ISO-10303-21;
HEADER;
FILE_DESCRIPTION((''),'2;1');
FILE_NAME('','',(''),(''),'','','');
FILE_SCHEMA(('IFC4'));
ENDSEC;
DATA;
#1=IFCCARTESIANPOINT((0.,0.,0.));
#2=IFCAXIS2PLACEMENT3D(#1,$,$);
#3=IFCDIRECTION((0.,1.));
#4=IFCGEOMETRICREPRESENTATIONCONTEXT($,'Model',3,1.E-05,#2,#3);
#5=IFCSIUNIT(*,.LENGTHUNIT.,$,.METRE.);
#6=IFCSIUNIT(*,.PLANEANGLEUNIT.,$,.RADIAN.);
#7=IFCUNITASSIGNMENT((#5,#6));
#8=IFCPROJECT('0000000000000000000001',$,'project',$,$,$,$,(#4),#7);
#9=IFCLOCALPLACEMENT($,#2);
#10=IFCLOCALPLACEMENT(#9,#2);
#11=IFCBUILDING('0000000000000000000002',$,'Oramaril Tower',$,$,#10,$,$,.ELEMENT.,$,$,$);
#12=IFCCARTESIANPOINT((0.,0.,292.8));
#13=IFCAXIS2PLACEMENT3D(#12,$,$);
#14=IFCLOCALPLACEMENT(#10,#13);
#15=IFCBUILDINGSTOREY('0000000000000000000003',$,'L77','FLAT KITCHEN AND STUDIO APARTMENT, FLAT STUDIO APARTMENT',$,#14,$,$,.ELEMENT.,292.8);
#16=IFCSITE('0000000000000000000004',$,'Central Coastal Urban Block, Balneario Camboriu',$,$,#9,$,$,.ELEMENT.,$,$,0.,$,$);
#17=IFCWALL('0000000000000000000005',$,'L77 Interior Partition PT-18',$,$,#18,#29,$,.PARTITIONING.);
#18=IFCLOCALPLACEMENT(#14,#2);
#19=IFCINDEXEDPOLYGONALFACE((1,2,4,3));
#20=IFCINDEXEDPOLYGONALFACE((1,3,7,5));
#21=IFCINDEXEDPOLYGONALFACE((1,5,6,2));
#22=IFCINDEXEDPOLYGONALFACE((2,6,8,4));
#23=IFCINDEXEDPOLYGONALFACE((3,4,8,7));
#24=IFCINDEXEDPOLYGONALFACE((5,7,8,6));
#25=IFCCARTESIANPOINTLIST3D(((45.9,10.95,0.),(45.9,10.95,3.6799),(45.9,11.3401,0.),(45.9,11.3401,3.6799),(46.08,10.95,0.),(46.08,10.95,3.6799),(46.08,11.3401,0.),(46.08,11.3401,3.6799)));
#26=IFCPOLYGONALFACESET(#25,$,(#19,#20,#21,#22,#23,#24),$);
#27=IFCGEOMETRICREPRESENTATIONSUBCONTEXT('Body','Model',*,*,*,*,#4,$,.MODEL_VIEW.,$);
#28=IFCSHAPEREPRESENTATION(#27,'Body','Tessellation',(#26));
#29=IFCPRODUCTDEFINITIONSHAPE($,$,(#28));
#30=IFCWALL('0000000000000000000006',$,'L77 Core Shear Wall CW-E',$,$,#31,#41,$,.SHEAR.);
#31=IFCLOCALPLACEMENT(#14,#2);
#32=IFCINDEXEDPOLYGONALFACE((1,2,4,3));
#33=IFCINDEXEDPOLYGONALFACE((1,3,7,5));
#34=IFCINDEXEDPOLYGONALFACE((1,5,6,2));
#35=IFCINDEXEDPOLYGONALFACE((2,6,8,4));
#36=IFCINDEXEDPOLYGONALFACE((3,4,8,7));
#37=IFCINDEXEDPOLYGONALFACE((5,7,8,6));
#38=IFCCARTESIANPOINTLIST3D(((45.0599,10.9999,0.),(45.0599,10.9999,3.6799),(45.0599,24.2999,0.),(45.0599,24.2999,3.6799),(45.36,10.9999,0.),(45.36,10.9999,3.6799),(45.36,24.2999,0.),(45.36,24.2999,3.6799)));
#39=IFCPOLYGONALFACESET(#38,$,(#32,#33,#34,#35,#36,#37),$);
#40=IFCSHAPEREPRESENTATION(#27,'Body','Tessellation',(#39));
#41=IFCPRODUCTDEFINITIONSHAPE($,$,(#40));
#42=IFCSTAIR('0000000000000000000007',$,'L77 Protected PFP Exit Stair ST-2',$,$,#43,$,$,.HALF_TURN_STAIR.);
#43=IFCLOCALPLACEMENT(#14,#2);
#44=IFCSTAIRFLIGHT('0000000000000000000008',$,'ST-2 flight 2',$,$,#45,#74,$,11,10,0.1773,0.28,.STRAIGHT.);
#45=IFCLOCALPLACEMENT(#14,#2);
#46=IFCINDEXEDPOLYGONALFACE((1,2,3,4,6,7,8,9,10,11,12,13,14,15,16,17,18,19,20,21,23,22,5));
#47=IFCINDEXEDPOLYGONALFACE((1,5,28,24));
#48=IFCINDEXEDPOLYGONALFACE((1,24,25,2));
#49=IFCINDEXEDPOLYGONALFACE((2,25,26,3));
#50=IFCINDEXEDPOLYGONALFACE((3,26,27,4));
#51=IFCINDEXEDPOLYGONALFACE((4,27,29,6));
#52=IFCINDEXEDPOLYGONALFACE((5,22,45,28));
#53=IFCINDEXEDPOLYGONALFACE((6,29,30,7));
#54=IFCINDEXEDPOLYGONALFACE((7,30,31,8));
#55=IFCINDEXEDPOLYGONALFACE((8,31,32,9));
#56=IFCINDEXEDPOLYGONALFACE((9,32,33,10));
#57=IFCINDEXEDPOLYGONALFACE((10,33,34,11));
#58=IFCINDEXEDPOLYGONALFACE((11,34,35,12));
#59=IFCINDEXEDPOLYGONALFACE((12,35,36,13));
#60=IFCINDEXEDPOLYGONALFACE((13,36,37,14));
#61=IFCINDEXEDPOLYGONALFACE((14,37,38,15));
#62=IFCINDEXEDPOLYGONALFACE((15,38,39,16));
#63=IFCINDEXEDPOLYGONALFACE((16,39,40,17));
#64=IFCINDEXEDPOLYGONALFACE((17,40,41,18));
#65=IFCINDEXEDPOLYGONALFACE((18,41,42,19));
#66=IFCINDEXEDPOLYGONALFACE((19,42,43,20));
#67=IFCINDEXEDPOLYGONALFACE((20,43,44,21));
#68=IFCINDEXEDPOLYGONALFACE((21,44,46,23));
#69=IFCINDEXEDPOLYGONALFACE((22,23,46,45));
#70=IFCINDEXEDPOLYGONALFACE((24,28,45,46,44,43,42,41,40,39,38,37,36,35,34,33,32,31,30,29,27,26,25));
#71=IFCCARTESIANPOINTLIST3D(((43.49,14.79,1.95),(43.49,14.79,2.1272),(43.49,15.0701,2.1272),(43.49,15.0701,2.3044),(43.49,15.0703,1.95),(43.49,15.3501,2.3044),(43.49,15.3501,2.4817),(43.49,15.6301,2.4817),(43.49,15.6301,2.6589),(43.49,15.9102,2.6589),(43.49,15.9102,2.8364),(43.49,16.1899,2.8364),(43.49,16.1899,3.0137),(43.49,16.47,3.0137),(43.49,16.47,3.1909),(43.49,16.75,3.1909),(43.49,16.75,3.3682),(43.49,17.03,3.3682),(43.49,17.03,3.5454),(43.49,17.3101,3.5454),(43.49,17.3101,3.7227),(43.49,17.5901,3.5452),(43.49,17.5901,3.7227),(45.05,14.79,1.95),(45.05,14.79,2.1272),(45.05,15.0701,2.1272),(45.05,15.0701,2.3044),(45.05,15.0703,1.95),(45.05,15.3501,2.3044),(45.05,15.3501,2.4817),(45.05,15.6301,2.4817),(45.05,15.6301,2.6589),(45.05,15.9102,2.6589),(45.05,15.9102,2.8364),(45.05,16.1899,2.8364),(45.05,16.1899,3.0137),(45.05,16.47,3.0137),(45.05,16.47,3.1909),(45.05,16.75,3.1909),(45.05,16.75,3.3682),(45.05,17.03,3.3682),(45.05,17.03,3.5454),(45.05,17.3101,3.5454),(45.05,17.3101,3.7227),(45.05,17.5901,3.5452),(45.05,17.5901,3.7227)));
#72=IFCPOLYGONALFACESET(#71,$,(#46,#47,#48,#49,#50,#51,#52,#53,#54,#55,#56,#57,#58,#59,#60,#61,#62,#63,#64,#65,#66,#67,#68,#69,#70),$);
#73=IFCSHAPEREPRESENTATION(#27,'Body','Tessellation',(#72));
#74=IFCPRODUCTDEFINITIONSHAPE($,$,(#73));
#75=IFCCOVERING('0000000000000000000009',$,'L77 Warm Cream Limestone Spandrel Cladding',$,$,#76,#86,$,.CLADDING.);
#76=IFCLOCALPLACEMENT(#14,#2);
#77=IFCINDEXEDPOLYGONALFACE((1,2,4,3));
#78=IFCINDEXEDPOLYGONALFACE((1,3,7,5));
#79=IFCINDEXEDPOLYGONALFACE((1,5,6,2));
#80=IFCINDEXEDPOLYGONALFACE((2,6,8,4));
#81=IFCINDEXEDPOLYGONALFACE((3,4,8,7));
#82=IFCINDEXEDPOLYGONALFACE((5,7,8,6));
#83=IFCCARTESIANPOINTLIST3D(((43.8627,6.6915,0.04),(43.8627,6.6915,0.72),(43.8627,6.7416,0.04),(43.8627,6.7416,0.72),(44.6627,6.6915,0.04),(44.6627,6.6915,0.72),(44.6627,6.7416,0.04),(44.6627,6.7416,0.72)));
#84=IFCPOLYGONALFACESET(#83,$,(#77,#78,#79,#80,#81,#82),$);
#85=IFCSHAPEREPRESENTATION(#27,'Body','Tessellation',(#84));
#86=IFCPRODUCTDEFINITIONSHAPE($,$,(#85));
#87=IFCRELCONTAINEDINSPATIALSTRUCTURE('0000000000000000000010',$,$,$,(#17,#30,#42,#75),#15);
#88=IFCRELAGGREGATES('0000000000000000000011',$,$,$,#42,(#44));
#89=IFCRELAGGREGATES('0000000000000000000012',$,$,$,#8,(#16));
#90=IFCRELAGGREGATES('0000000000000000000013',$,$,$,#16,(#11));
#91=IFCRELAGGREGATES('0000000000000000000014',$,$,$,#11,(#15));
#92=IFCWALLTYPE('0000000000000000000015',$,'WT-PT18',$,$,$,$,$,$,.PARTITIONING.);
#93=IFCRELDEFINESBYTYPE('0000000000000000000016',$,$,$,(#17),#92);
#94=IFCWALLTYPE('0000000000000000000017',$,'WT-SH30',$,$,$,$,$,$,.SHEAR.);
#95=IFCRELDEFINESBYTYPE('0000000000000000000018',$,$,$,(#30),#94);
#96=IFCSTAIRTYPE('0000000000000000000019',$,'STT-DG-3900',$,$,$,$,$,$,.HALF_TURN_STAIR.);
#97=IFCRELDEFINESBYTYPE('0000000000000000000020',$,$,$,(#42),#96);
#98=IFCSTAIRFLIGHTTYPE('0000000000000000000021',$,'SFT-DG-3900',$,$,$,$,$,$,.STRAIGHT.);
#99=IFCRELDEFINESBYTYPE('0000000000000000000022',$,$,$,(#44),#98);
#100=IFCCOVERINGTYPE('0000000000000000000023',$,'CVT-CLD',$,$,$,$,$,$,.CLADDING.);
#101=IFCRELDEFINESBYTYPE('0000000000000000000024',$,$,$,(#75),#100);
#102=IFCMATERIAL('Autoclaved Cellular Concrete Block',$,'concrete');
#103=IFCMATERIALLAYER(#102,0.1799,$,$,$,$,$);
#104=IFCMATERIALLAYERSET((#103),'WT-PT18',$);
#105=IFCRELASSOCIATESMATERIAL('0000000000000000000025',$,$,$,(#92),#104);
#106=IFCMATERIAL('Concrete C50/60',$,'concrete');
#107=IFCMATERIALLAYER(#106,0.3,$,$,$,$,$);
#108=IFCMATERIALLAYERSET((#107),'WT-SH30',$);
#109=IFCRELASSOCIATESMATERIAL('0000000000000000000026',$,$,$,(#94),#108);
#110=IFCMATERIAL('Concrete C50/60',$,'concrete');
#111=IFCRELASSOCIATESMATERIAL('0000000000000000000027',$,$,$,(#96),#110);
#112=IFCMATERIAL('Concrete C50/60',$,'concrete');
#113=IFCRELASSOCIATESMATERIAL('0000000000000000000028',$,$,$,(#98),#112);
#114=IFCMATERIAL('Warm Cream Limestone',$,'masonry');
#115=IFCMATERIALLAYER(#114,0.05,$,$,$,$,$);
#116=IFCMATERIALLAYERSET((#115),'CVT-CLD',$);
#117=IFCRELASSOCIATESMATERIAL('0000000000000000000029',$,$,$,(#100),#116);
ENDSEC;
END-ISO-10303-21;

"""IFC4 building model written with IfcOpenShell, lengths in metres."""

from ifc_helpers import new_model, si_unit, direction, frame, frame_2d, origin, origin_2d, place, context, subcontext, project, spatial, polyline, rectangle, outline, extrude, material, layer, layer_set, type_object, element, aggregate, save


model = new_model("IFC4")

# Units and contexts
model_context = context("Model", 3, precision=1e-05, world=origin(), true_north=direction((0.0, 1.0)))
body_context = subcontext(model_context, "Body", "Model", "MODEL_VIEW")
ifc_project = project(units=[si_unit("LENGTHUNIT", "METRE"), si_unit("PLANEANGLEUNIT", "RADIAN")], contexts=[model_context])

# Site, building, storey
site_placement = place(None, origin())
site = spatial("IfcSite", under=ifc_project, at=site_placement, Name="Central Coastal Urban Block, Balneario Camboriu", CompositionType="ELEMENT", RefElevation=0.0)
building_placement = place(site_placement, origin())
building = spatial("IfcBuilding", under=site, at=building_placement, Name="Oramaril Tower", CompositionType="ELEMENT")
storey_placement = place(building_placement, frame((0.0, 0.0, 292.8)))
storey = spatial("IfcBuildingStorey", under=building, at=storey_placement, Name="L77", Description="FLAT KITCHEN AND STUDIO APARTMENT, FLAT STUDIO APARTMENT", CompositionType="ELEMENT", Elevation=292.8)

# Walls
ifc_material_1 = material(Name="Autoclaved Cellular Concrete Block", Category="concrete")
ifc_layer_1 = layer(ifc_material_1, 0.1799)
ifc_layer_set_1 = layer_set([ifc_layer_1], Name="WT-PT18")
wall_type_1 = type_object("IfcWallType", Name="WT-PT18", PredefinedType="PARTITIONING", material=ifc_layer_set_1)
wall_1_placement = place(storey_placement, frame((45.99, 10.95, 0.0), z_axis=(0.0, 0.0, 1.0), x_axis=(0.0, 1.0, 0.0)))
element("IfcWall", 1, at=wall_1_placement, inside=storey, type_object=wall_type_1, Name="L77 Interior Partition PT-18", PredefinedType="PARTITIONING", context=body_context, shape_type="SweptSolid", body=[
    extrude(rectangle(XDim=0.3901, YDim=0.1799, at=frame_2d((0.1951, 0.0))), origin(), (0.0, 0.0, 1.0), 3.6799),
])
ifc_material_2 = material(Name="Concrete C50/60", Category="concrete")
ifc_layer_2 = layer(ifc_material_2, 0.3)
ifc_layer_set_2 = layer_set([ifc_layer_2], Name="WT-SH30")
wall_type_2 = type_object("IfcWallType", Name="WT-SH30", PredefinedType="SHEAR", material=ifc_layer_set_2)
wall_2_placement = place(storey_placement, frame((45.21, 11.0, 0.0), z_axis=(0.0, 0.0, 1.0), x_axis=(0.0, 1.0, 0.0)))
element("IfcWall", 2, at=wall_2_placement, inside=storey, type_object=wall_type_2, Name="L77 Core Shear Wall CW-E", PredefinedType="SHEAR", context=body_context, shape_type="SweptSolid", body=[
    extrude(rectangle(XDim=13.3, YDim=0.3, at=frame_2d((6.6499, 0.0))), origin(), (0.0, 0.0, 1.0), 3.6799),
])

# Stair, stair flight
ifc_material_3 = material(Name="Concrete C50/60", Category="concrete")
stair_type = type_object("IfcStairType", Name="STT-DG-3900", PredefinedType="HALF_TURN_STAIR", material=ifc_material_3)
stair_placement = place(storey_placement, origin())
stair = element("IfcStair", 3, at=stair_placement, inside=storey, type_object=stair_type, Name="L77 Protected PFP Exit Stair ST-2", PredefinedType="HALF_TURN_STAIR")
ifc_material_4 = material(Name="Concrete C50/60", Category="concrete")
stair_flight_type = type_object("IfcStairFlightType", Name="SFT-DG-3900", PredefinedType="STRAIGHT", material=ifc_material_4)
stair_flight_placement = place(storey_placement, frame((44.27, 14.79, 1.95), z_axis=(0.0, 0.0, 1.0), x_axis=(0.0, 1.0, 0.0)))
stair_flight = element("IfcStairFlight", 4, at=stair_flight_placement, type_object=stair_flight_type, Name="ST-2 flight 2", NumberOfRisers=11, NumberOfTreads=10, PredefinedType="STRAIGHT", RiserHeight=0.1773, TreadLength=0.28, context=body_context, shape_type="SweptSolid", body=[
    extrude(outline(polyline([(0.0, 0.0), (0.0, 0.1772), (0.28, 0.1772), (0.28, 0.3545), (0.5601, 0.3545), (0.5601, 0.5317), (0.8401, 0.5317), (0.8401, 0.709), (1.1201, 0.709), (1.1201, 0.8865), (1.3999, 0.8865), (1.3999, 1.0637), (1.6799, 1.0637), (1.6799, 1.241), (1.96, 1.241), (1.96, 1.4182), (2.24, 1.4182), (2.24, 1.5955), (2.52, 1.5955), (2.52, 1.7727), (2.8, 1.7727), (2.8, 1.95), (2.8, 1.5952), (0.2803, 0.0), (0.0, 0.0)])), frame((0.0, 0.78, 0.0), z_axis=(0.0, -1.0, 0.0), x_axis=(1.0, 0.0, 0.0)), (0.0, 0.0, 1.0), 1.5601),
])
aggregate(stair, [stair_flight])

# Covering
ifc_material_5 = material(Name="Warm Cream Limestone", Category="masonry")
ifc_layer_3 = layer(ifc_material_5, 0.05)
ifc_layer_set_3 = layer_set([ifc_layer_3], Name="CVT-CLD")
covering_type = type_object("IfcCoveringType", Name="CVT-CLD", PredefinedType="CLADDING", material=ifc_layer_set_3)
covering_placement = place(storey_placement, frame((44.2627, 6.7166, 0.04), z_axis=(0.0, 0.0, 1.0), x_axis=(1.0, 0.0, 0.0)))
element("IfcCovering", 5, at=covering_placement, inside=storey, type_object=covering_type, Name="L77 Warm Cream Limestone Spandrel Cladding", PredefinedType="CLADDING", context=body_context, shape_type="SweptSolid", body=[
    extrude(rectangle(XDim=0.8, YDim=0.05, at=origin_2d()), origin(), (0.0, 0.0, 1.0), 0.6799),
])

save(model, "model.ifc")
